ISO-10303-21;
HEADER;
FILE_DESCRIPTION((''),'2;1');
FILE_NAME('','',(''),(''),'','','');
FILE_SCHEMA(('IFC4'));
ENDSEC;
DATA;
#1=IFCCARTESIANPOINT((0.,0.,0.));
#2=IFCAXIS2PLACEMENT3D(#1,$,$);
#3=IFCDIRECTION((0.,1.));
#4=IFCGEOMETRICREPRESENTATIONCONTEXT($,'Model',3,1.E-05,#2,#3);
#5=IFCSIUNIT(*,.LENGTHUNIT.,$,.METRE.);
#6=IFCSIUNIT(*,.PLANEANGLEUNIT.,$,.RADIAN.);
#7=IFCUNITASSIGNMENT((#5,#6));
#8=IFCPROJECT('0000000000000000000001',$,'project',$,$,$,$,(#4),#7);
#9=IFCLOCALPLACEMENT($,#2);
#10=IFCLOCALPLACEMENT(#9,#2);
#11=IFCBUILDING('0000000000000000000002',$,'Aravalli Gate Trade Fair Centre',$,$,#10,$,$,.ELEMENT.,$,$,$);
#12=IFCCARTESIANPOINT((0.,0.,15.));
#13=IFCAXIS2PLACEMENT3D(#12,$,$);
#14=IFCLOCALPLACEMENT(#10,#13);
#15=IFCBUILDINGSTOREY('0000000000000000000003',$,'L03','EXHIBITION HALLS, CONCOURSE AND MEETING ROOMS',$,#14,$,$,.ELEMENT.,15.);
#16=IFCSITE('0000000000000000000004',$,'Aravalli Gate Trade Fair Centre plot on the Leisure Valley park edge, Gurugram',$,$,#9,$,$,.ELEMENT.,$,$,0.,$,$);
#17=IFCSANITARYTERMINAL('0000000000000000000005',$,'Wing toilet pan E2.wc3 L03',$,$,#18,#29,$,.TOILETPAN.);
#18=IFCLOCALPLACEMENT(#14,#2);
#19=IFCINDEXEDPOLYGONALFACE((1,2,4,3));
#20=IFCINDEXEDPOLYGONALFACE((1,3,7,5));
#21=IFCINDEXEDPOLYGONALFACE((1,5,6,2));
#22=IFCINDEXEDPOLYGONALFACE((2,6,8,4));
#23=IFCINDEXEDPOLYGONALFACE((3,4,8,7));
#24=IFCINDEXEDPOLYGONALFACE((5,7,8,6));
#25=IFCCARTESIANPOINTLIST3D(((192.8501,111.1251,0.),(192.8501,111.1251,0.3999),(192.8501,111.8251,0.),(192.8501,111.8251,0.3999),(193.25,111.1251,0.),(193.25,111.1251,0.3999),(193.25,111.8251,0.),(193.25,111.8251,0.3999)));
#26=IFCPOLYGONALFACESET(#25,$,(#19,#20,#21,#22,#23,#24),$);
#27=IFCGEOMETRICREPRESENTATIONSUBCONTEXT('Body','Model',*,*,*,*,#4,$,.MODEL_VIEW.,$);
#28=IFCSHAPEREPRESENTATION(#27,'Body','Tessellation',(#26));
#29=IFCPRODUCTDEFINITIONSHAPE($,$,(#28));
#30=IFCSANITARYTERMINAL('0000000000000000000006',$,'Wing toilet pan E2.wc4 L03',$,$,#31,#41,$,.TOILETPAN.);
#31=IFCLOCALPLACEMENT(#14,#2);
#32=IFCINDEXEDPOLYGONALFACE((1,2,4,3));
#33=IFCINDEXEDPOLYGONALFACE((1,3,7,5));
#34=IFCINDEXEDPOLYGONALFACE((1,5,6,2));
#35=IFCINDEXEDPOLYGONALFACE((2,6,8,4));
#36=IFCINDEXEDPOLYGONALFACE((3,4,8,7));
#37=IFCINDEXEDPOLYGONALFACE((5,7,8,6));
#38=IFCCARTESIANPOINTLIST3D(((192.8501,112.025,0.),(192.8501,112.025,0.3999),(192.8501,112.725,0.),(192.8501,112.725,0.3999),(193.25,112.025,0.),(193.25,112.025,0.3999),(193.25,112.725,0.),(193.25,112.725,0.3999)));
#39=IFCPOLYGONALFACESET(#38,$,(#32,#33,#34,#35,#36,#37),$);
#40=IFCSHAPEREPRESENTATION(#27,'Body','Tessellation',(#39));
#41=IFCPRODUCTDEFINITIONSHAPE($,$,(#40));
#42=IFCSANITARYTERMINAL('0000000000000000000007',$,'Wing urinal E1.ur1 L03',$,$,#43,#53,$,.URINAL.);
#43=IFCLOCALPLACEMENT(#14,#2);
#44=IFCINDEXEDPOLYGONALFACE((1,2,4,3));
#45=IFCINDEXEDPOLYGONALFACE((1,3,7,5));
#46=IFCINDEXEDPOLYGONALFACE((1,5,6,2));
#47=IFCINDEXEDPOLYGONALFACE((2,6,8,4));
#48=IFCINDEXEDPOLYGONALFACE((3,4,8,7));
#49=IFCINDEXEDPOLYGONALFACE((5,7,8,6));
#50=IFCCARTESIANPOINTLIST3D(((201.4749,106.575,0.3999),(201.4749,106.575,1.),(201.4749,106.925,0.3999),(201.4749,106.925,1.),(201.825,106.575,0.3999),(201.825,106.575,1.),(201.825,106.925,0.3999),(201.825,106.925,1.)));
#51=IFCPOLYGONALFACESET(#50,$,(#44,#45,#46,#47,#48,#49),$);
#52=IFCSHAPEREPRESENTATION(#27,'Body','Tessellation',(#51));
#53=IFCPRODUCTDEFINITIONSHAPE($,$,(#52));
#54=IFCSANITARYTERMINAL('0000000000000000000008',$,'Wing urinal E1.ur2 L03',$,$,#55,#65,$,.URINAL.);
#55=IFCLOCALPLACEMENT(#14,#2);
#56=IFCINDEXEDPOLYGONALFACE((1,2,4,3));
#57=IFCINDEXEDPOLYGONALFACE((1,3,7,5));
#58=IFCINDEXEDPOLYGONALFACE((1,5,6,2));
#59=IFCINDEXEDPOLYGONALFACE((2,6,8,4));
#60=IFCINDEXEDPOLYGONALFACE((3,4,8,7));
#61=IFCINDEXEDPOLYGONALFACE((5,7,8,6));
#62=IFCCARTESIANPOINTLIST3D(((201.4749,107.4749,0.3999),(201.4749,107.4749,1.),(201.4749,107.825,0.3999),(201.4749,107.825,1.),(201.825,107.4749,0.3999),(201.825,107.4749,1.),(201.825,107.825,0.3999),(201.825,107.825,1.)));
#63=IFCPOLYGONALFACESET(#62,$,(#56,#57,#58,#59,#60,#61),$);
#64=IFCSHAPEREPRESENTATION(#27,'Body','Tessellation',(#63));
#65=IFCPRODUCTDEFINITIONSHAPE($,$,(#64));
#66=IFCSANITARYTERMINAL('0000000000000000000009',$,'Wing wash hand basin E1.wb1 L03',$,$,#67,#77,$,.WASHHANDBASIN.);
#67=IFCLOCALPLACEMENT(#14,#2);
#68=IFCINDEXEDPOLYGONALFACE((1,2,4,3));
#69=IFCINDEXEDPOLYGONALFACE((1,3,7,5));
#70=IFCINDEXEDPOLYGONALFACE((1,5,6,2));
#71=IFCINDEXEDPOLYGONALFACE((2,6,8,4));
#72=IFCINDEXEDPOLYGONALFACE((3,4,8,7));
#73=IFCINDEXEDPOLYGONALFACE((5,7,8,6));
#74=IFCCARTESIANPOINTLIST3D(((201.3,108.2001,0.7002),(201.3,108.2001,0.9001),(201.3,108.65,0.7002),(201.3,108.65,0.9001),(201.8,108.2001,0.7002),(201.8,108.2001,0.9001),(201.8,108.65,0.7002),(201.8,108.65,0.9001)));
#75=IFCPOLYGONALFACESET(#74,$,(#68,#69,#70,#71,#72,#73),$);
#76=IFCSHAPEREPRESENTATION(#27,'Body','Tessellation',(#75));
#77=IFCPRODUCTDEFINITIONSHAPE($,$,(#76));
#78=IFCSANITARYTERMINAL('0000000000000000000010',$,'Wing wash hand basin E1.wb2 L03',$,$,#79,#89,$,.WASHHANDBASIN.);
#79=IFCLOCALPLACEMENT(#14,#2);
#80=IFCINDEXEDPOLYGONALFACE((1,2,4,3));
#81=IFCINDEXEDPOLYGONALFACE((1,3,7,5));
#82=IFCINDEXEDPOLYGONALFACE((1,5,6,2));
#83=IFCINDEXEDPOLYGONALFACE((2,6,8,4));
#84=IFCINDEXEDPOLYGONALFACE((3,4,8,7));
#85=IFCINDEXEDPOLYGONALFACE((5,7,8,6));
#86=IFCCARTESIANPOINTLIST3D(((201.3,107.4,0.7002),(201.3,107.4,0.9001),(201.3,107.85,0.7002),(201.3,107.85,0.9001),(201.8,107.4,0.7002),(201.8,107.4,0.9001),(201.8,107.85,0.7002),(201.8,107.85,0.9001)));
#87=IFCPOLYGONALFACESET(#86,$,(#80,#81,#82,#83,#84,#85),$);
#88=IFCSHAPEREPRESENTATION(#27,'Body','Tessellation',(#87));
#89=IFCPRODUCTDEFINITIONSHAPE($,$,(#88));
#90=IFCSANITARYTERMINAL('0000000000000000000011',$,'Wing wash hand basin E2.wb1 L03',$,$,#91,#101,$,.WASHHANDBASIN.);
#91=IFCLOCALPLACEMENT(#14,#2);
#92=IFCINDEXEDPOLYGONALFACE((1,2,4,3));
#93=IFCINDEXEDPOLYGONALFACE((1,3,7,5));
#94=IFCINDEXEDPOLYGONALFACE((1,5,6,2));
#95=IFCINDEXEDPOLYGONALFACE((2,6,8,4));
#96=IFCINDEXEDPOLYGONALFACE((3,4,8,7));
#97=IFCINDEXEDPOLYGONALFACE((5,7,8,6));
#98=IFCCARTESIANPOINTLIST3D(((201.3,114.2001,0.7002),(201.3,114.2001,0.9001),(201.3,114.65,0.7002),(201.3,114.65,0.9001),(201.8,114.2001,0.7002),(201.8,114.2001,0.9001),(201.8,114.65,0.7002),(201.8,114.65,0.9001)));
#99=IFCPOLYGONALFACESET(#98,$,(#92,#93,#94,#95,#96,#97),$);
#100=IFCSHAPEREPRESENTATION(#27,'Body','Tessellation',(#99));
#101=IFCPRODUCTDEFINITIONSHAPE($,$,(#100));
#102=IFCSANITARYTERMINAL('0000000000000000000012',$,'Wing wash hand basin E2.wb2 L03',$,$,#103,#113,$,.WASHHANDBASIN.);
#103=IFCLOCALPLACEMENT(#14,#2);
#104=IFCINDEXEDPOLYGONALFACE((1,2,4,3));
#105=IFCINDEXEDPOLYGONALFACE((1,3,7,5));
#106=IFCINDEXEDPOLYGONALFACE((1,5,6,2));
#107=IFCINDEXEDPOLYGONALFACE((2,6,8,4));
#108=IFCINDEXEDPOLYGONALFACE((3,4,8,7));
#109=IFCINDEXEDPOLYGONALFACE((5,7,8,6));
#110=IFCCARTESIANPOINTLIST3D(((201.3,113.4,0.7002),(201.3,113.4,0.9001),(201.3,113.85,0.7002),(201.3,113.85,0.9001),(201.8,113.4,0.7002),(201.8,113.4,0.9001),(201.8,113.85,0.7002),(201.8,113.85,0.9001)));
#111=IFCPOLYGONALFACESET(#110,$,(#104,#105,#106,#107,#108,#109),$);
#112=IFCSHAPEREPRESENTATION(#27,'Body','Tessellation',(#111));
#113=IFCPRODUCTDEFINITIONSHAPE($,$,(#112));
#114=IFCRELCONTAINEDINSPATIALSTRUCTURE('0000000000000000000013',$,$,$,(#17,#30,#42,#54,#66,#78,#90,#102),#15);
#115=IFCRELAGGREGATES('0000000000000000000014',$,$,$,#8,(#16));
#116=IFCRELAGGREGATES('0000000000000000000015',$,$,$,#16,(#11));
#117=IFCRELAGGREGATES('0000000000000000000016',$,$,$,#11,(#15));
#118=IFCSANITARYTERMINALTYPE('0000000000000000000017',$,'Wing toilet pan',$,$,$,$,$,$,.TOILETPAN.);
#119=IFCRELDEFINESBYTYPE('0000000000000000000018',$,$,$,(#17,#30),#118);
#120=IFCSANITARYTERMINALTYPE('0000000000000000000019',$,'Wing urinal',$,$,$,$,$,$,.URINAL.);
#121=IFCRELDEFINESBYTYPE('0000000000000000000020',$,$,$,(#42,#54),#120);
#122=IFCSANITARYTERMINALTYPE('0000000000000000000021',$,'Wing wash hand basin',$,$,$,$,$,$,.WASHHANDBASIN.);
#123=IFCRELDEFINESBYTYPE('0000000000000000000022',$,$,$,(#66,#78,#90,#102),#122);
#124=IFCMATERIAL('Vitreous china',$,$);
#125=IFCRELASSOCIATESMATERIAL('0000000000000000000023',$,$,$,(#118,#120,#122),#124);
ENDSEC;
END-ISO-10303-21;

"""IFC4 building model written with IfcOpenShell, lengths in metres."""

from ifc_helpers import new_model, si_unit, direction, frame, origin, origin_2d, place, context, subcontext, project, spatial, rectangle, extrude, material, type_object, element, save


model = new_model("IFC4")

# Units and contexts
model_context = context("Model", 3, precision=1e-05, world=origin(), true_north=direction((0.0, 1.0)))
body_context = subcontext(model_context, "Body", "Model", "MODEL_VIEW")
ifc_project = project(units=[si_unit("LENGTHUNIT", "METRE"), si_unit("PLANEANGLEUNIT", "RADIAN")], contexts=[model_context])

# Site, building, storey
site_placement = place(None, origin())
site = spatial("IfcSite", under=ifc_project, at=site_placement, Name="Aravalli Gate Trade Fair Centre plot on the Leisure Valley park edge, Gurugram", CompositionType="ELEMENT", RefElevation=0.0)
building_placement = place(site_placement, origin())
building = spatial("IfcBuilding", under=site, at=building_placement, Name="Aravalli Gate Trade Fair Centre", CompositionType="ELEMENT")
storey_placement = place(building_placement, frame((0.0, 0.0, 15.0)))
storey = spatial("IfcBuildingStorey", under=building, at=storey_placement, Name="L03", Description="EXHIBITION HALLS, CONCOURSE AND MEETING ROOMS", CompositionType="ELEMENT", Elevation=15.0)

# Sanitary terminals
ifc_material_1 = material(Name="Vitreous china")
sanitary_terminal_type_1 = type_object("IfcSanitaryTerminalType", Name="Wing toilet pan", PredefinedType="TOILETPAN", material=ifc_material_1)
for number, where, z_axis, x_axis, name in (
    (1, (193.05, 111.4751, 0.0), (0.0, 0.0, 1.0), (1.0, 0.0, 0.0), "Wing toilet pan E2.wc3 L03"),
    (2, (193.05, 112.375, 0.0), (0.0, 0.0, 1.0), (1.0, 0.0, 0.0), "Wing toilet pan E2.wc4 L03"),
):
    element("IfcSanitaryTerminal", number, at=place(storey_placement, frame(where, z_axis=z_axis, x_axis=x_axis)), inside=storey, type_object=sanitary_terminal_type_1, Name=name, PredefinedType="TOILETPAN", context=body_context, shape_type="SweptSolid", body=[
        extrude(rectangle(XDim=0.3999, YDim=0.7, at=origin_2d()), origin(), (0.0, 0.0, 1.0), 0.3999),
    ])
sanitary_terminal_type_2 = type_object("IfcSanitaryTerminalType", Name="Wing urinal", PredefinedType="URINAL", material=ifc_material_1)
for number, where, z_axis, x_axis, name in (
    (3, (201.6499, 106.75, 0.3999), (0.0, 0.0, 1.0), (1.0, 0.0, 0.0), "Wing urinal E1.ur1 L03"),
    (4, (201.6499, 107.6499, 0.3999), (0.0, 0.0, 1.0), (1.0, 0.0, 0.0), "Wing urinal E1.ur2 L03"),
):
    element("IfcSanitaryTerminal", number, at=place(storey_placement, frame(where, z_axis=z_axis, x_axis=x_axis)), inside=storey, type_object=sanitary_terminal_type_2, Name=name, PredefinedType="URINAL", context=body_context, shape_type="SweptSolid", body=[
        extrude(rectangle(XDim=0.3501, YDim=0.3501, at=origin_2d()), origin(), (0.0, 0.0, 1.0), 0.6001),
    ])
sanitary_terminal_type_3 = type_object("IfcSanitaryTerminalType", Name="Wing wash hand basin", PredefinedType="WASHHANDBASIN", material=ifc_material_1)
for number, where, z_axis, x_axis, name in (
    (5, (201.55, 108.425, 0.7002), (0.0, 0.0, 1.0), (1.0, 0.0, 0.0), "Wing wash hand basin E1.wb1 L03"),
    (6, (201.55, 107.625, 0.7002), (0.0, 0.0, 1.0), (1.0, 0.0, 0.0), "Wing wash hand basin E1.wb2 L03"),
    (7, (201.55, 114.425, 0.7002), (0.0, 0.0, 1.0), (1.0, 0.0, 0.0), "Wing wash hand basin E2.wb1 L03"),
    (8, (201.55, 113.625, 0.7002), (0.0, 0.0, 1.0), (1.0, 0.0, 0.0), "Wing wash hand basin E2.wb2 L03"),
):
    element("IfcSanitaryTerminal", number, at=place(storey_placement, frame(where, z_axis=z_axis, x_axis=x_axis)), inside=storey, type_object=sanitary_terminal_type_3, Name=name, PredefinedType="WASHHANDBASIN", context=body_context, shape_type="SweptSolid", body=[
        extrude(rectangle(XDim=0.5, YDim=0.45, at=origin_2d()), origin(), (0.0, 0.0, 1.0), 0.2),
    ])

save(model, "model.ifc")
